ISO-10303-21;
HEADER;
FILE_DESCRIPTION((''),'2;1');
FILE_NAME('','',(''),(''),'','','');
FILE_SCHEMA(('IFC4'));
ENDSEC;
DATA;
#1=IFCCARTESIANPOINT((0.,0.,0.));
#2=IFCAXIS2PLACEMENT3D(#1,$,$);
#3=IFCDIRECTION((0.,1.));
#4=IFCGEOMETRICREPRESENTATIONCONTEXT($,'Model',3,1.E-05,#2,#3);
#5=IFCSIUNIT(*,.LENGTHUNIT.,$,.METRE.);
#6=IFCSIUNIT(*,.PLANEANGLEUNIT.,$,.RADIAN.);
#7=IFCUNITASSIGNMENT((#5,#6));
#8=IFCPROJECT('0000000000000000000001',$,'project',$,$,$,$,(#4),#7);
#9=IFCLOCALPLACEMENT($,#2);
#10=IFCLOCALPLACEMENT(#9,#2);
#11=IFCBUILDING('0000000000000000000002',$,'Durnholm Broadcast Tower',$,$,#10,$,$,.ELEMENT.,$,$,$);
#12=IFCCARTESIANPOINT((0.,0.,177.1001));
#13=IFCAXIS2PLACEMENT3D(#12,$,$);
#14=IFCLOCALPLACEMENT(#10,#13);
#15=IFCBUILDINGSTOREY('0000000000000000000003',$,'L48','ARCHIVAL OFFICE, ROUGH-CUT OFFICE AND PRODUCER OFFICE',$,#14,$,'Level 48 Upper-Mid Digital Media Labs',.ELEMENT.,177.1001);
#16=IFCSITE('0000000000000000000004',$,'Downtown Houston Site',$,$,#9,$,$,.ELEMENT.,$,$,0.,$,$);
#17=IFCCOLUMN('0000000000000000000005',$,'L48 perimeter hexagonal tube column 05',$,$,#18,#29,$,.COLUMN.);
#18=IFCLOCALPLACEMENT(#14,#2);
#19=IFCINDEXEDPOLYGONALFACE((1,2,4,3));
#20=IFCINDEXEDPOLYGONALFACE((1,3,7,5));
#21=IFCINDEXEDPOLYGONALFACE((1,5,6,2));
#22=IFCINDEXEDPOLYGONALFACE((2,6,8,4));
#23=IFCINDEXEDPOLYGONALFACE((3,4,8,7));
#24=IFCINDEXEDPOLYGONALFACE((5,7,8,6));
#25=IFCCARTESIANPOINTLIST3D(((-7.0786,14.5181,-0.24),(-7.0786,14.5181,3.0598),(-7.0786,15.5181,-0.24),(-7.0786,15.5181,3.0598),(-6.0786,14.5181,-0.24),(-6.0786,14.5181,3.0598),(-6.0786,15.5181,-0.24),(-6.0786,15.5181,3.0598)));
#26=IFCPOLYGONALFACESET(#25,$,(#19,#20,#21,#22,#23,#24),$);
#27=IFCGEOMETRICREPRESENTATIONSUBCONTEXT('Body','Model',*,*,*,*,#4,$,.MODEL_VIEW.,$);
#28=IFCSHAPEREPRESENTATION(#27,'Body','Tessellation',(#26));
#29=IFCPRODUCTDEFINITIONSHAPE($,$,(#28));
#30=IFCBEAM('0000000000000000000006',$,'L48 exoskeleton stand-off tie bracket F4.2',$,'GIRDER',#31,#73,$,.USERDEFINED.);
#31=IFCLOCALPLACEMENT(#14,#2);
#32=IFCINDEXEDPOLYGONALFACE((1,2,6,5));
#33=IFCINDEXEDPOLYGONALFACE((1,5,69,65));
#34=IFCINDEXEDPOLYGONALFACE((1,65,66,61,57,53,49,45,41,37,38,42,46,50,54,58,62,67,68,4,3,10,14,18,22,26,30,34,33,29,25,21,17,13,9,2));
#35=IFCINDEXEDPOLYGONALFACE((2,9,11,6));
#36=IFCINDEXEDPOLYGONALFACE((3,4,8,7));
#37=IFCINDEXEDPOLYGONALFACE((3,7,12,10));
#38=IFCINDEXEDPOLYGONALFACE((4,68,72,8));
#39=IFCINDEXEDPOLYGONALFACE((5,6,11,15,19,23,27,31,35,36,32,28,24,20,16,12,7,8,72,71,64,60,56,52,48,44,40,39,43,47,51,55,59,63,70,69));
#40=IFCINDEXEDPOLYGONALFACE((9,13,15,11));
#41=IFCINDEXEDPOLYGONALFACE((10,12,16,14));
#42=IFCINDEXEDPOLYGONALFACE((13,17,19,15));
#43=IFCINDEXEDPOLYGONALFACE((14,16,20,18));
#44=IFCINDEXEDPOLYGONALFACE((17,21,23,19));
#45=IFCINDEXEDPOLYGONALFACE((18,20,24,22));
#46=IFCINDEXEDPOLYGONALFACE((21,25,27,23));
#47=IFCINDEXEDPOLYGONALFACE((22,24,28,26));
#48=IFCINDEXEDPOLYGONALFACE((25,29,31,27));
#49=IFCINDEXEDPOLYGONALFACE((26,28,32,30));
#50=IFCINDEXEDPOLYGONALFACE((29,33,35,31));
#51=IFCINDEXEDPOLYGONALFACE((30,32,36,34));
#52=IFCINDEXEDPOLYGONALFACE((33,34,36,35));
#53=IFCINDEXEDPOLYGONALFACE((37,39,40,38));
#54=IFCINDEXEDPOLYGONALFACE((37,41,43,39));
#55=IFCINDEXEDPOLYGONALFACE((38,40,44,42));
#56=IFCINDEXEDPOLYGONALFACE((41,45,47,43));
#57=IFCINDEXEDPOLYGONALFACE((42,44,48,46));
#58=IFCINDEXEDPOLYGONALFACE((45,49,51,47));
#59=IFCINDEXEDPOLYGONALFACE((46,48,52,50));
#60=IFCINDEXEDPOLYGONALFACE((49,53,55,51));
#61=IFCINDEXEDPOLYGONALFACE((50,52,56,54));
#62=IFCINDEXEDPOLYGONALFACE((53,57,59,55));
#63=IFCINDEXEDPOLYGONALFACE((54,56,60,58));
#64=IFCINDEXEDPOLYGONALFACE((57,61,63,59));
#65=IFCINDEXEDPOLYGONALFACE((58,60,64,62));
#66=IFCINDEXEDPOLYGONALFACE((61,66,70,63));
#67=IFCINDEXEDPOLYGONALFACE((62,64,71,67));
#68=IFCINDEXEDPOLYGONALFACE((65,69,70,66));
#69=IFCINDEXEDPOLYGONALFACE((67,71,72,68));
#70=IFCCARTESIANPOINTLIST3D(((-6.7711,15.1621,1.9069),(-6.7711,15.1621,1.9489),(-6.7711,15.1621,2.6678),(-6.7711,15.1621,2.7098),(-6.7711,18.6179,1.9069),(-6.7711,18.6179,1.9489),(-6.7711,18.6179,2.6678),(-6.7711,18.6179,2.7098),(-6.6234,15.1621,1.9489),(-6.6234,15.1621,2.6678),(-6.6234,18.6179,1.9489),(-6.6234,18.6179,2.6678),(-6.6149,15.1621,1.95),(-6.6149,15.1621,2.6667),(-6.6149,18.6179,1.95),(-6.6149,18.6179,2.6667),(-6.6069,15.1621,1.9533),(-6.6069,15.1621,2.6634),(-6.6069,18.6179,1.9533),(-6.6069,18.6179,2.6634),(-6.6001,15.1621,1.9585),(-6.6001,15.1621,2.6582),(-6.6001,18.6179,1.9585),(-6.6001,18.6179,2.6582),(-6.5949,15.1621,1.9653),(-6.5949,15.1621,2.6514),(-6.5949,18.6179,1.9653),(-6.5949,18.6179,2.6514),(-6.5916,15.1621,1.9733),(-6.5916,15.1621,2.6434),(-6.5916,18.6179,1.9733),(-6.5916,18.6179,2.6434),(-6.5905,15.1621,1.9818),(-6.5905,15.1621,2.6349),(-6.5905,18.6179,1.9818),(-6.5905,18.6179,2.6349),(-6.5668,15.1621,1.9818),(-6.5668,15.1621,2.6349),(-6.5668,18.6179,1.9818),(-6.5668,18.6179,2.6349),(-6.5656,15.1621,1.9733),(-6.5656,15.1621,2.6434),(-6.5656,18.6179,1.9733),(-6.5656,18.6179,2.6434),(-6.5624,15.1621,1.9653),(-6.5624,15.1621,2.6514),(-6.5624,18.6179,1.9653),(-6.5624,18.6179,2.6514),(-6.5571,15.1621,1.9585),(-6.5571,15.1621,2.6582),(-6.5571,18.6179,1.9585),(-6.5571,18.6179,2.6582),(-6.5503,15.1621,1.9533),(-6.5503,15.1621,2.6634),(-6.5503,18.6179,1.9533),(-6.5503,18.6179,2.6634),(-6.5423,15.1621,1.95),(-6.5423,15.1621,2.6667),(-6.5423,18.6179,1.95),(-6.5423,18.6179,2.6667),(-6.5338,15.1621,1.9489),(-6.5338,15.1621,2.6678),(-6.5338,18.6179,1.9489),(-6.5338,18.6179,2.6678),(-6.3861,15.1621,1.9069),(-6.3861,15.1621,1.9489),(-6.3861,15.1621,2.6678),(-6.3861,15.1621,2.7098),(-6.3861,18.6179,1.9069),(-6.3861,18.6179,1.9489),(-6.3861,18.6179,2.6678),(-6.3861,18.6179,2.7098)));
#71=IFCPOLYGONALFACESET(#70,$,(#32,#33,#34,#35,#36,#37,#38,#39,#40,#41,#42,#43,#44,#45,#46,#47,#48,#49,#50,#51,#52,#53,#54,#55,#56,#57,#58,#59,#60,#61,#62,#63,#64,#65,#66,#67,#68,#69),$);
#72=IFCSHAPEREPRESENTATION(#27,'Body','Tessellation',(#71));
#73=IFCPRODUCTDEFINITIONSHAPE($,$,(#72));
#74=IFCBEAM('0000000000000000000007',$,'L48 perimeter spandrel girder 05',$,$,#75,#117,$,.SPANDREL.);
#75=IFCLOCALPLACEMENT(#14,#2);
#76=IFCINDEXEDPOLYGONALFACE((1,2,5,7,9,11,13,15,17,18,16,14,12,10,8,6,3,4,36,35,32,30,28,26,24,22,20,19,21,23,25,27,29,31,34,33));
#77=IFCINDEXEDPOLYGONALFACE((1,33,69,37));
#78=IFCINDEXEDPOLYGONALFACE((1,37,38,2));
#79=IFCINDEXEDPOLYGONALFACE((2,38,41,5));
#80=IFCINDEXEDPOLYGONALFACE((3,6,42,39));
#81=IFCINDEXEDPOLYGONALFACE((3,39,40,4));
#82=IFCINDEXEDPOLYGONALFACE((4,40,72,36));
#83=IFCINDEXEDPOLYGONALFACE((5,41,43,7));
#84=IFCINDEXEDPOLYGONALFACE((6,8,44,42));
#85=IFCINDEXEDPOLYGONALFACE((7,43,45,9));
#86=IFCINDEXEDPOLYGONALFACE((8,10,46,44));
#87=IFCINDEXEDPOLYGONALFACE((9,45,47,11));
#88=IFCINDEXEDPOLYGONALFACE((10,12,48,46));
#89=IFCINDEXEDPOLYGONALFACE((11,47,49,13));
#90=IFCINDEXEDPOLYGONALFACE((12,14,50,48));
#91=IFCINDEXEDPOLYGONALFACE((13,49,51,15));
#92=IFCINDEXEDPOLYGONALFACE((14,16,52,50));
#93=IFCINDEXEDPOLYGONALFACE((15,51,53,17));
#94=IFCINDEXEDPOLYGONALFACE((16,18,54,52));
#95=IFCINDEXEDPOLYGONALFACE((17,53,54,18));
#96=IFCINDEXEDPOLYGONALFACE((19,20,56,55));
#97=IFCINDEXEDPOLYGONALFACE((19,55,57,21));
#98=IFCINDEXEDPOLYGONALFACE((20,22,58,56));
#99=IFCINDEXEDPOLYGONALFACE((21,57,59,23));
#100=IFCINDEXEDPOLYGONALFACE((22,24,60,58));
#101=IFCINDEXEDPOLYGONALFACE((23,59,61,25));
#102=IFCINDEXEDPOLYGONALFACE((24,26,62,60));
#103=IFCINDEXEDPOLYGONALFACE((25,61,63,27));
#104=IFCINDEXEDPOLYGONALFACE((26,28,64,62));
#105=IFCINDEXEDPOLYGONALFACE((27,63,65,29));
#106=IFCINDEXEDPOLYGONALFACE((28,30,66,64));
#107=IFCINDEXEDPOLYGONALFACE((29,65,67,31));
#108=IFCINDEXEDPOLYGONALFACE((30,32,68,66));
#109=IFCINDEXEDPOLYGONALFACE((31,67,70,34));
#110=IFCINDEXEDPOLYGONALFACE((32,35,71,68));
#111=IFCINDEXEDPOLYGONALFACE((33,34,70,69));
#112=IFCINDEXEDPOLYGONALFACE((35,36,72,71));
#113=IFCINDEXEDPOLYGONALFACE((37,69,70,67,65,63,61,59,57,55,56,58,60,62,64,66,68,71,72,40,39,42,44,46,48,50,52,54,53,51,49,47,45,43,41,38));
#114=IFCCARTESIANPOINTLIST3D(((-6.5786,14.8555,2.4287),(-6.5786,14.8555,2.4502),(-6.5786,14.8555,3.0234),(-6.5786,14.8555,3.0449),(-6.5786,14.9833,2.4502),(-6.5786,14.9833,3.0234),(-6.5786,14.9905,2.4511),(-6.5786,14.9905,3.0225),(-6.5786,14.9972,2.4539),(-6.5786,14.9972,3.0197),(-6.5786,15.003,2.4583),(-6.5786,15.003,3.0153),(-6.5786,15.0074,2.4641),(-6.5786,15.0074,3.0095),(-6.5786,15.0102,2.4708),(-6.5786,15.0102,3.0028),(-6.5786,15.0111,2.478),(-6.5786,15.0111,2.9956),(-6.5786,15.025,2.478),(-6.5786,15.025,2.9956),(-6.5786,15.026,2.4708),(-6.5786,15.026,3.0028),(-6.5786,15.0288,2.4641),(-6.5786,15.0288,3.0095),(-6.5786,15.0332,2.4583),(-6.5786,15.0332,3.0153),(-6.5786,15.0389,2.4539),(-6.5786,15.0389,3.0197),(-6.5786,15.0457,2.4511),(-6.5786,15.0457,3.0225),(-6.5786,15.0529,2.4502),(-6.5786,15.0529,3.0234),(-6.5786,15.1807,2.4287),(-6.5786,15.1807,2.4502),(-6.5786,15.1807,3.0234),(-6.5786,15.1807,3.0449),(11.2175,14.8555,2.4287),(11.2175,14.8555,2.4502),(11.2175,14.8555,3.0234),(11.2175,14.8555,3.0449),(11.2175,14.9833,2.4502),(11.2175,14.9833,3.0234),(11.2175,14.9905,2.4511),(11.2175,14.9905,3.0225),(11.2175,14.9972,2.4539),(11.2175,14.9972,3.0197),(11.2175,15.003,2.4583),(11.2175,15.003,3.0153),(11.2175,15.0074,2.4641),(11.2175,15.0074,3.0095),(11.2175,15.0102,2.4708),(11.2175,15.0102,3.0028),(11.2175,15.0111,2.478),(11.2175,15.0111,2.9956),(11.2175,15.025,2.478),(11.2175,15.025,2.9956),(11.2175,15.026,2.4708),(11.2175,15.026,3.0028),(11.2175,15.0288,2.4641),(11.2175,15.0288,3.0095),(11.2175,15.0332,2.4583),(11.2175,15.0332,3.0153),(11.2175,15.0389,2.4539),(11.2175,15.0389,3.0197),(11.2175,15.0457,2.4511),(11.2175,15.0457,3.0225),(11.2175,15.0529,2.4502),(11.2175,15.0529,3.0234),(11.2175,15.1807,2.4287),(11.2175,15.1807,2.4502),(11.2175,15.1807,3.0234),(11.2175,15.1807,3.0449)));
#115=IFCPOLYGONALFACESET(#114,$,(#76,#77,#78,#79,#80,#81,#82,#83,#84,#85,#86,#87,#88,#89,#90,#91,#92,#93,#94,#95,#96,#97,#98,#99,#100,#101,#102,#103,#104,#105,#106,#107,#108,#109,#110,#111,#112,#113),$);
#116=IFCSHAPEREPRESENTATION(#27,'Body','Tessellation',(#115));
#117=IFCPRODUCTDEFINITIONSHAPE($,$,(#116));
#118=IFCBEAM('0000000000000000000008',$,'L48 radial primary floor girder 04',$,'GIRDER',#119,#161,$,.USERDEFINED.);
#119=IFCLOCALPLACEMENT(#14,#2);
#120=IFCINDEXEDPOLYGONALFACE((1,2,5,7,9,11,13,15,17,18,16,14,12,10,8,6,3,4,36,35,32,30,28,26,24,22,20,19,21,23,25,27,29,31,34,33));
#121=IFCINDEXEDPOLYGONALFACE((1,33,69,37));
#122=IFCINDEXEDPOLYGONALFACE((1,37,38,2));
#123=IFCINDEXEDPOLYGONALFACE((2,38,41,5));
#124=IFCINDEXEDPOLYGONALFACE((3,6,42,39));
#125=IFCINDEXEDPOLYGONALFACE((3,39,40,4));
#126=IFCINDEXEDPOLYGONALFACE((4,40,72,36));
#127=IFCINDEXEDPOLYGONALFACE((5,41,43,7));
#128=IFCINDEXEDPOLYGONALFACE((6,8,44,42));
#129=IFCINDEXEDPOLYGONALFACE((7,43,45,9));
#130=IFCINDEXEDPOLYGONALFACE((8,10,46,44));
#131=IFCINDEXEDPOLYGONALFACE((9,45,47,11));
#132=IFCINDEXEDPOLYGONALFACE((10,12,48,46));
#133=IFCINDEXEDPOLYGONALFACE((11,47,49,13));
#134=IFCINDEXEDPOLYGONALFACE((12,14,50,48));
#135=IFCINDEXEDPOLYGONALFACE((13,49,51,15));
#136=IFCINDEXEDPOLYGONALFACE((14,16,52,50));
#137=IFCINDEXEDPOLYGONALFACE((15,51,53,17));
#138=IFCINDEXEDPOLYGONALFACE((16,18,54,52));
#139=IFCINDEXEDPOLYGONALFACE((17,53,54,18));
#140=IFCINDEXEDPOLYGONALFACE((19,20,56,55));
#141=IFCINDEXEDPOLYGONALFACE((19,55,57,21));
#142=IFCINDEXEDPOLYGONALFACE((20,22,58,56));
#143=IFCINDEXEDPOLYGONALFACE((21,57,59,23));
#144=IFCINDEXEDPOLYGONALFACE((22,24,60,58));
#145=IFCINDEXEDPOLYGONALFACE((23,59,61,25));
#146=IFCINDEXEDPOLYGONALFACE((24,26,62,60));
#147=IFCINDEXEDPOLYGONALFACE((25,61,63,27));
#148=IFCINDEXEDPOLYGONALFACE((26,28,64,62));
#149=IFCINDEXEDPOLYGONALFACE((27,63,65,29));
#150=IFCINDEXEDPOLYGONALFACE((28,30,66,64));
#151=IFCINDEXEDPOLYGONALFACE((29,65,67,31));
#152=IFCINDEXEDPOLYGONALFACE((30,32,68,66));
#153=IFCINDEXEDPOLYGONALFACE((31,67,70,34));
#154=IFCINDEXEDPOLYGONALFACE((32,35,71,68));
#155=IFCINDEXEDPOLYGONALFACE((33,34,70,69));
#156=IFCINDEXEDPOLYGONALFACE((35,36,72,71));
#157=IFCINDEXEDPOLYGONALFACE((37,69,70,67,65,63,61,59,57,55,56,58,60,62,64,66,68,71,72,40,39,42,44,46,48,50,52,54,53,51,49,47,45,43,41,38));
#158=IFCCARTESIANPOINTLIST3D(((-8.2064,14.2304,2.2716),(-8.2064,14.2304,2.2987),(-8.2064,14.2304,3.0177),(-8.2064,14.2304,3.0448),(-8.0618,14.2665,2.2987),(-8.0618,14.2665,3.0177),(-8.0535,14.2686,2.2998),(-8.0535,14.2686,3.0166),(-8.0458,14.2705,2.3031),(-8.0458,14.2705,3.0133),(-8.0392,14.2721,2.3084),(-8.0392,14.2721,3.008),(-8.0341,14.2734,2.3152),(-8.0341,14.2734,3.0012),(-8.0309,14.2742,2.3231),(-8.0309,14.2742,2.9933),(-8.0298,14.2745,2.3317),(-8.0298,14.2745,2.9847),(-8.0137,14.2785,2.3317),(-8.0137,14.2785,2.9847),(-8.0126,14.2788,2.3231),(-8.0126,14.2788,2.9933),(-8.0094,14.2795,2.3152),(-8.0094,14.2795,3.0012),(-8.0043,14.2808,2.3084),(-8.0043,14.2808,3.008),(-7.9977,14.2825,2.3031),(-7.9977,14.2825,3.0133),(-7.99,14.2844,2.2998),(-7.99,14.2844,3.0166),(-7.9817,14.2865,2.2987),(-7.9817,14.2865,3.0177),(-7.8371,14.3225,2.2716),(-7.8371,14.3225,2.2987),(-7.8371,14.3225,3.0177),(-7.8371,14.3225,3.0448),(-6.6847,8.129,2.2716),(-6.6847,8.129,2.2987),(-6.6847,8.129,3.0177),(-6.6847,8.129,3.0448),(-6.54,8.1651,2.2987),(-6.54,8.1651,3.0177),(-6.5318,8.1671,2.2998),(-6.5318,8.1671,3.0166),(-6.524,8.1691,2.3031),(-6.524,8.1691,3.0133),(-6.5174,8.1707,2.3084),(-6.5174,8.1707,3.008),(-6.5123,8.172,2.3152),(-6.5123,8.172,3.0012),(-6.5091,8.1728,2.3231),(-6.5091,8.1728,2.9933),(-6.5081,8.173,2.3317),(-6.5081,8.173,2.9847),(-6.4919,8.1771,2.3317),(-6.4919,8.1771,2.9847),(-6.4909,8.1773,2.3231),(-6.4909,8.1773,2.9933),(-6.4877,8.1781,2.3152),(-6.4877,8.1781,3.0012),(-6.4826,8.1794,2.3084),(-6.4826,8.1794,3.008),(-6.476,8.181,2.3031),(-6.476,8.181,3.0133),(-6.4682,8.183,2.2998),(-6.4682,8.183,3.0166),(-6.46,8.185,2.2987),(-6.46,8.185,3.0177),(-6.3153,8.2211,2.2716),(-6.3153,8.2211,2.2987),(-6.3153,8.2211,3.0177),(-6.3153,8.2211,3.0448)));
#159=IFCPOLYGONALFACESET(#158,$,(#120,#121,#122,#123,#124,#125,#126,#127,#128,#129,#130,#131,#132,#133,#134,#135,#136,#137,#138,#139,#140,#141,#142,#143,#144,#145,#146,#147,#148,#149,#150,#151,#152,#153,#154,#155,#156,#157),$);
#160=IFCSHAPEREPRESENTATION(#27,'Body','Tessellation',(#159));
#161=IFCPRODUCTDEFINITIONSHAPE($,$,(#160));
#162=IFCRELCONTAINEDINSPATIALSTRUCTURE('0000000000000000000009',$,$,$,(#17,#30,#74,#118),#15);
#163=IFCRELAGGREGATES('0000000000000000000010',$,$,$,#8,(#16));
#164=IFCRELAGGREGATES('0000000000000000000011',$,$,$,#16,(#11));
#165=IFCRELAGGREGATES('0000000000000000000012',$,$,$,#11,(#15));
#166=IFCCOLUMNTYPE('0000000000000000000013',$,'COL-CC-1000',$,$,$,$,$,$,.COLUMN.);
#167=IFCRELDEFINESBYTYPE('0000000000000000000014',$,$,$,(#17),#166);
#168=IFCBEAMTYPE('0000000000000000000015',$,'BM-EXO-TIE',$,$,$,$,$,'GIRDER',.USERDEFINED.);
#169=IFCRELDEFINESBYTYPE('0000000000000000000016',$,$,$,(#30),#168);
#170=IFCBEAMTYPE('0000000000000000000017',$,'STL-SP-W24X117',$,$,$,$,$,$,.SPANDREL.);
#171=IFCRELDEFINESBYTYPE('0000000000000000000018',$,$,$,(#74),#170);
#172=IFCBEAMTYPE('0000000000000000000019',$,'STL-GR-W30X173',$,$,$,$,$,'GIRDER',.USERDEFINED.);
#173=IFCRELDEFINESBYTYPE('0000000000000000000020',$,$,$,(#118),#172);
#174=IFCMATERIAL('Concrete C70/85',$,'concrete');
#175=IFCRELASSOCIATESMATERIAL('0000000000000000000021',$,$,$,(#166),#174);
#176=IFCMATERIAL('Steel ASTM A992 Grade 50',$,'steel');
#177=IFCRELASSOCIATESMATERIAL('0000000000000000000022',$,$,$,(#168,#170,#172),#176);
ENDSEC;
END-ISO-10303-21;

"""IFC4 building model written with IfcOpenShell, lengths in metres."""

from ifc_helpers import new_model, si_unit, direction, frame, origin, origin_2d, place, context, subcontext, project, spatial, rectangle, i_section, extrude, source, transform, mapped, material, material_profile, profile_set, type_object, type_shapes, element, save


model = new_model("IFC4")

# Units and contexts
model_context = context("Model", 3, precision=1e-05, world=origin(), true_north=direction((0.0, 1.0)))
body_context = subcontext(model_context, "Body", "Model", "MODEL_VIEW")
ifc_project = project(units=[si_unit("LENGTHUNIT", "METRE"), si_unit("PLANEANGLEUNIT", "RADIAN")], contexts=[model_context])

# Site, building, storey
site_placement = place(None, origin())
site = spatial("IfcSite", under=ifc_project, at=site_placement, Name="Downtown Houston Site", CompositionType="ELEMENT", RefElevation=0.0)
building_placement = place(site_placement, origin())
building = spatial("IfcBuilding", under=site, at=building_placement, Name="Durnholm Broadcast Tower", CompositionType="ELEMENT")
storey_placement = place(building_placement, frame((0.0, 0.0, 177.1001)))
storey = spatial("IfcBuildingStorey", under=building, at=storey_placement, Name="L48", Description="ARCHIVAL OFFICE, ROUGH-CUT OFFICE AND PRODUCER OFFICE", LongName="Level 48 Upper-Mid Digital Media Labs", CompositionType="ELEMENT", Elevation=177.1001)

# Column
ifc_material_1 = material(Name="Concrete C70/85", Category="concrete")
ifc_material_profile_1 = material_profile(ifc_material_1, rectangle(XDim=1.0, YDim=1.0, at=origin_2d()), Name="RC1000X1000")
ifc_profile_set_1 = profile_set([ifc_material_profile_1], Name="Concrete C70/85")
column_type = type_object("IfcColumnType", Name="COL-CC-1000", PredefinedType="COLUMN", material=ifc_profile_set_1)
shared_shape_1 = source(origin(), body_context, "Body", "SweptSolid", [
    extrude(rectangle(XDim=1.0, YDim=1.0, at=origin_2d()), origin(), (0.0, 0.0, 1.0), 3.2998),
])
type_shapes(column_type, [shared_shape_1])
column_placement = place(storey_placement, frame((-6.5786, 15.0181, -0.24), z_axis=(0.0, 0.0, 1.0), x_axis=(1.0, 0.0, 0.0)))
element("IfcColumn", 1, at=column_placement, inside=storey, type_object=column_type, Name="L48 perimeter hexagonal tube column 05", PredefinedType="COLUMN", context=body_context, shape_type="MappedRepresentation", body=[
    mapped(shared_shape_1, transform((0.0, 0.0, 0.0), x_axis=(1.0, 0.0, 0.0), y_axis=(0.0, 1.0, 0.0), z_axis=(0.0, 0.0, 1.0), scale=1.0)),
])

# Beams
ifc_material_2 = material(Name="Steel ASTM A992 Grade 50", Category="steel")
ifc_material_profile_2 = material_profile(ifc_material_2, i_section(OverallWidth=0.385, OverallDepth=0.803, WebThickness=0.0237, FlangeThickness=0.042, FilletRadius=0.033, at=origin_2d()), Name="W30X261")
ifc_profile_set_2 = profile_set([ifc_material_profile_2], Name="Steel ASTM A992 Grade 50")
beam_type_1 = type_object("IfcBeamType", Name="BM-EXO-TIE", ElementType="GIRDER", PredefinedType="USERDEFINED", material=ifc_profile_set_2)
shared_shape_2 = source(origin(), body_context, "Body", "SweptSolid", [
    extrude(i_section(OverallWidth=0.385, OverallDepth=0.803, WebThickness=0.0237, FlangeThickness=0.042, FilletRadius=0.033, at=origin_2d()), origin(), (0.0, 0.0, 1.0), 3.4558),
])
type_shapes(beam_type_1, [shared_shape_2])
beam_1_placement = place(storey_placement, frame((-6.5786, 15.1621, 2.3083), z_axis=(0.0, 1.0, 0.0), x_axis=(-1.0, 0.0, 0.0)))
element("IfcBeam", 2, at=beam_1_placement, inside=storey, type_object=beam_type_1, Name="L48 exoskeleton stand-off tie bracket F4.2", ObjectType="GIRDER", PredefinedType="USERDEFINED", context=body_context, shape_type="MappedRepresentation", body=[
    mapped(shared_shape_2, transform((0.0, 0.0, 0.0), x_axis=(1.0, 0.0, 0.0), y_axis=(0.0, 1.0, 0.0), z_axis=(0.0, 0.0, 1.0), scale=1.0)),
])
ifc_material_profile_3 = material_profile(ifc_material_2, i_section(OverallWidth=0.3252, OverallDepth=0.6162, WebThickness=0.0139, FlangeThickness=0.0215, FilletRadius=0.0278, at=origin_2d()), Name="W24X117")
ifc_profile_set_3 = profile_set([ifc_material_profile_3], Name="Steel ASTM A992 Grade 50")
beam_type_2 = type_object("IfcBeamType", Name="STL-SP-W24X117", PredefinedType="SPANDREL", material=ifc_profile_set_3)
shared_shape_3 = source(origin(), body_context, "Body", "SweptSolid", [
    extrude(i_section(OverallWidth=0.3252, OverallDepth=0.6162, WebThickness=0.0139, FlangeThickness=0.0215, FilletRadius=0.0278, at=origin_2d()), origin(), (0.0, 0.0, 1.0), 17.7961),
])
type_shapes(beam_type_2, [shared_shape_3])
beam_2_placement = place(storey_placement, frame((-6.5786, 15.0181, 2.7368), z_axis=(1.0, 0.0, 0.0), x_axis=(0.0, 1.0, 0.0)))
element("IfcBeam", 3, at=beam_2_placement, inside=storey, type_object=beam_type_2, Name="L48 perimeter spandrel girder 05", PredefinedType="SPANDREL", context=body_context, shape_type="MappedRepresentation", body=[
    mapped(shared_shape_3, transform((0.0, 0.0, 0.0), x_axis=(1.0, 0.0, 0.0), y_axis=(0.0, 1.0, 0.0), z_axis=(0.0, 0.0, 1.0), scale=1.0)),
])
ifc_material_profile_4 = material_profile(ifc_material_2, i_section(OverallWidth=0.3806, OverallDepth=0.7732, WebThickness=0.0166, FlangeThickness=0.0271, FilletRadius=0.033, at=origin_2d()), Name="W30X173")
ifc_profile_set_4 = profile_set([ifc_material_profile_4], Name="Steel ASTM A992 Grade 50")
beam_type_3 = type_object("IfcBeamType", Name="STL-GR-W30X173", ElementType="GIRDER", PredefinedType="USERDEFINED", material=ifc_profile_set_4)
shared_shape_4 = source(origin(), body_context, "Body", "SweptSolid", [
    extrude(i_section(OverallWidth=0.3806, OverallDepth=0.7732, WebThickness=0.0166, FlangeThickness=0.0271, FilletRadius=0.033, at=origin_2d()), origin(), (0.0, 0.0, 1.0), 6.2883),
])
beam_3_placement = place(storey_placement, frame((-6.5, 8.175, 2.6582), z_axis=(-0.241997, 0.970277, 0.0), x_axis=(-0.970277, -0.241997, 0.0)))
element("IfcBeam", 4, at=beam_3_placement, inside=storey, type_object=beam_type_3, Name="L48 radial primary floor girder 04", ObjectType="GIRDER", PredefinedType="USERDEFINED", context=body_context, shape_type="MappedRepresentation", body=[
    mapped(shared_shape_4, transform((0.0, 0.0, 0.0), x_axis=(1.0, 0.0, 0.0), y_axis=(0.0, 1.0, 0.0), z_axis=(0.0, 0.0, 1.0), scale=1.0)),
])

save(model, "model.ifc")
